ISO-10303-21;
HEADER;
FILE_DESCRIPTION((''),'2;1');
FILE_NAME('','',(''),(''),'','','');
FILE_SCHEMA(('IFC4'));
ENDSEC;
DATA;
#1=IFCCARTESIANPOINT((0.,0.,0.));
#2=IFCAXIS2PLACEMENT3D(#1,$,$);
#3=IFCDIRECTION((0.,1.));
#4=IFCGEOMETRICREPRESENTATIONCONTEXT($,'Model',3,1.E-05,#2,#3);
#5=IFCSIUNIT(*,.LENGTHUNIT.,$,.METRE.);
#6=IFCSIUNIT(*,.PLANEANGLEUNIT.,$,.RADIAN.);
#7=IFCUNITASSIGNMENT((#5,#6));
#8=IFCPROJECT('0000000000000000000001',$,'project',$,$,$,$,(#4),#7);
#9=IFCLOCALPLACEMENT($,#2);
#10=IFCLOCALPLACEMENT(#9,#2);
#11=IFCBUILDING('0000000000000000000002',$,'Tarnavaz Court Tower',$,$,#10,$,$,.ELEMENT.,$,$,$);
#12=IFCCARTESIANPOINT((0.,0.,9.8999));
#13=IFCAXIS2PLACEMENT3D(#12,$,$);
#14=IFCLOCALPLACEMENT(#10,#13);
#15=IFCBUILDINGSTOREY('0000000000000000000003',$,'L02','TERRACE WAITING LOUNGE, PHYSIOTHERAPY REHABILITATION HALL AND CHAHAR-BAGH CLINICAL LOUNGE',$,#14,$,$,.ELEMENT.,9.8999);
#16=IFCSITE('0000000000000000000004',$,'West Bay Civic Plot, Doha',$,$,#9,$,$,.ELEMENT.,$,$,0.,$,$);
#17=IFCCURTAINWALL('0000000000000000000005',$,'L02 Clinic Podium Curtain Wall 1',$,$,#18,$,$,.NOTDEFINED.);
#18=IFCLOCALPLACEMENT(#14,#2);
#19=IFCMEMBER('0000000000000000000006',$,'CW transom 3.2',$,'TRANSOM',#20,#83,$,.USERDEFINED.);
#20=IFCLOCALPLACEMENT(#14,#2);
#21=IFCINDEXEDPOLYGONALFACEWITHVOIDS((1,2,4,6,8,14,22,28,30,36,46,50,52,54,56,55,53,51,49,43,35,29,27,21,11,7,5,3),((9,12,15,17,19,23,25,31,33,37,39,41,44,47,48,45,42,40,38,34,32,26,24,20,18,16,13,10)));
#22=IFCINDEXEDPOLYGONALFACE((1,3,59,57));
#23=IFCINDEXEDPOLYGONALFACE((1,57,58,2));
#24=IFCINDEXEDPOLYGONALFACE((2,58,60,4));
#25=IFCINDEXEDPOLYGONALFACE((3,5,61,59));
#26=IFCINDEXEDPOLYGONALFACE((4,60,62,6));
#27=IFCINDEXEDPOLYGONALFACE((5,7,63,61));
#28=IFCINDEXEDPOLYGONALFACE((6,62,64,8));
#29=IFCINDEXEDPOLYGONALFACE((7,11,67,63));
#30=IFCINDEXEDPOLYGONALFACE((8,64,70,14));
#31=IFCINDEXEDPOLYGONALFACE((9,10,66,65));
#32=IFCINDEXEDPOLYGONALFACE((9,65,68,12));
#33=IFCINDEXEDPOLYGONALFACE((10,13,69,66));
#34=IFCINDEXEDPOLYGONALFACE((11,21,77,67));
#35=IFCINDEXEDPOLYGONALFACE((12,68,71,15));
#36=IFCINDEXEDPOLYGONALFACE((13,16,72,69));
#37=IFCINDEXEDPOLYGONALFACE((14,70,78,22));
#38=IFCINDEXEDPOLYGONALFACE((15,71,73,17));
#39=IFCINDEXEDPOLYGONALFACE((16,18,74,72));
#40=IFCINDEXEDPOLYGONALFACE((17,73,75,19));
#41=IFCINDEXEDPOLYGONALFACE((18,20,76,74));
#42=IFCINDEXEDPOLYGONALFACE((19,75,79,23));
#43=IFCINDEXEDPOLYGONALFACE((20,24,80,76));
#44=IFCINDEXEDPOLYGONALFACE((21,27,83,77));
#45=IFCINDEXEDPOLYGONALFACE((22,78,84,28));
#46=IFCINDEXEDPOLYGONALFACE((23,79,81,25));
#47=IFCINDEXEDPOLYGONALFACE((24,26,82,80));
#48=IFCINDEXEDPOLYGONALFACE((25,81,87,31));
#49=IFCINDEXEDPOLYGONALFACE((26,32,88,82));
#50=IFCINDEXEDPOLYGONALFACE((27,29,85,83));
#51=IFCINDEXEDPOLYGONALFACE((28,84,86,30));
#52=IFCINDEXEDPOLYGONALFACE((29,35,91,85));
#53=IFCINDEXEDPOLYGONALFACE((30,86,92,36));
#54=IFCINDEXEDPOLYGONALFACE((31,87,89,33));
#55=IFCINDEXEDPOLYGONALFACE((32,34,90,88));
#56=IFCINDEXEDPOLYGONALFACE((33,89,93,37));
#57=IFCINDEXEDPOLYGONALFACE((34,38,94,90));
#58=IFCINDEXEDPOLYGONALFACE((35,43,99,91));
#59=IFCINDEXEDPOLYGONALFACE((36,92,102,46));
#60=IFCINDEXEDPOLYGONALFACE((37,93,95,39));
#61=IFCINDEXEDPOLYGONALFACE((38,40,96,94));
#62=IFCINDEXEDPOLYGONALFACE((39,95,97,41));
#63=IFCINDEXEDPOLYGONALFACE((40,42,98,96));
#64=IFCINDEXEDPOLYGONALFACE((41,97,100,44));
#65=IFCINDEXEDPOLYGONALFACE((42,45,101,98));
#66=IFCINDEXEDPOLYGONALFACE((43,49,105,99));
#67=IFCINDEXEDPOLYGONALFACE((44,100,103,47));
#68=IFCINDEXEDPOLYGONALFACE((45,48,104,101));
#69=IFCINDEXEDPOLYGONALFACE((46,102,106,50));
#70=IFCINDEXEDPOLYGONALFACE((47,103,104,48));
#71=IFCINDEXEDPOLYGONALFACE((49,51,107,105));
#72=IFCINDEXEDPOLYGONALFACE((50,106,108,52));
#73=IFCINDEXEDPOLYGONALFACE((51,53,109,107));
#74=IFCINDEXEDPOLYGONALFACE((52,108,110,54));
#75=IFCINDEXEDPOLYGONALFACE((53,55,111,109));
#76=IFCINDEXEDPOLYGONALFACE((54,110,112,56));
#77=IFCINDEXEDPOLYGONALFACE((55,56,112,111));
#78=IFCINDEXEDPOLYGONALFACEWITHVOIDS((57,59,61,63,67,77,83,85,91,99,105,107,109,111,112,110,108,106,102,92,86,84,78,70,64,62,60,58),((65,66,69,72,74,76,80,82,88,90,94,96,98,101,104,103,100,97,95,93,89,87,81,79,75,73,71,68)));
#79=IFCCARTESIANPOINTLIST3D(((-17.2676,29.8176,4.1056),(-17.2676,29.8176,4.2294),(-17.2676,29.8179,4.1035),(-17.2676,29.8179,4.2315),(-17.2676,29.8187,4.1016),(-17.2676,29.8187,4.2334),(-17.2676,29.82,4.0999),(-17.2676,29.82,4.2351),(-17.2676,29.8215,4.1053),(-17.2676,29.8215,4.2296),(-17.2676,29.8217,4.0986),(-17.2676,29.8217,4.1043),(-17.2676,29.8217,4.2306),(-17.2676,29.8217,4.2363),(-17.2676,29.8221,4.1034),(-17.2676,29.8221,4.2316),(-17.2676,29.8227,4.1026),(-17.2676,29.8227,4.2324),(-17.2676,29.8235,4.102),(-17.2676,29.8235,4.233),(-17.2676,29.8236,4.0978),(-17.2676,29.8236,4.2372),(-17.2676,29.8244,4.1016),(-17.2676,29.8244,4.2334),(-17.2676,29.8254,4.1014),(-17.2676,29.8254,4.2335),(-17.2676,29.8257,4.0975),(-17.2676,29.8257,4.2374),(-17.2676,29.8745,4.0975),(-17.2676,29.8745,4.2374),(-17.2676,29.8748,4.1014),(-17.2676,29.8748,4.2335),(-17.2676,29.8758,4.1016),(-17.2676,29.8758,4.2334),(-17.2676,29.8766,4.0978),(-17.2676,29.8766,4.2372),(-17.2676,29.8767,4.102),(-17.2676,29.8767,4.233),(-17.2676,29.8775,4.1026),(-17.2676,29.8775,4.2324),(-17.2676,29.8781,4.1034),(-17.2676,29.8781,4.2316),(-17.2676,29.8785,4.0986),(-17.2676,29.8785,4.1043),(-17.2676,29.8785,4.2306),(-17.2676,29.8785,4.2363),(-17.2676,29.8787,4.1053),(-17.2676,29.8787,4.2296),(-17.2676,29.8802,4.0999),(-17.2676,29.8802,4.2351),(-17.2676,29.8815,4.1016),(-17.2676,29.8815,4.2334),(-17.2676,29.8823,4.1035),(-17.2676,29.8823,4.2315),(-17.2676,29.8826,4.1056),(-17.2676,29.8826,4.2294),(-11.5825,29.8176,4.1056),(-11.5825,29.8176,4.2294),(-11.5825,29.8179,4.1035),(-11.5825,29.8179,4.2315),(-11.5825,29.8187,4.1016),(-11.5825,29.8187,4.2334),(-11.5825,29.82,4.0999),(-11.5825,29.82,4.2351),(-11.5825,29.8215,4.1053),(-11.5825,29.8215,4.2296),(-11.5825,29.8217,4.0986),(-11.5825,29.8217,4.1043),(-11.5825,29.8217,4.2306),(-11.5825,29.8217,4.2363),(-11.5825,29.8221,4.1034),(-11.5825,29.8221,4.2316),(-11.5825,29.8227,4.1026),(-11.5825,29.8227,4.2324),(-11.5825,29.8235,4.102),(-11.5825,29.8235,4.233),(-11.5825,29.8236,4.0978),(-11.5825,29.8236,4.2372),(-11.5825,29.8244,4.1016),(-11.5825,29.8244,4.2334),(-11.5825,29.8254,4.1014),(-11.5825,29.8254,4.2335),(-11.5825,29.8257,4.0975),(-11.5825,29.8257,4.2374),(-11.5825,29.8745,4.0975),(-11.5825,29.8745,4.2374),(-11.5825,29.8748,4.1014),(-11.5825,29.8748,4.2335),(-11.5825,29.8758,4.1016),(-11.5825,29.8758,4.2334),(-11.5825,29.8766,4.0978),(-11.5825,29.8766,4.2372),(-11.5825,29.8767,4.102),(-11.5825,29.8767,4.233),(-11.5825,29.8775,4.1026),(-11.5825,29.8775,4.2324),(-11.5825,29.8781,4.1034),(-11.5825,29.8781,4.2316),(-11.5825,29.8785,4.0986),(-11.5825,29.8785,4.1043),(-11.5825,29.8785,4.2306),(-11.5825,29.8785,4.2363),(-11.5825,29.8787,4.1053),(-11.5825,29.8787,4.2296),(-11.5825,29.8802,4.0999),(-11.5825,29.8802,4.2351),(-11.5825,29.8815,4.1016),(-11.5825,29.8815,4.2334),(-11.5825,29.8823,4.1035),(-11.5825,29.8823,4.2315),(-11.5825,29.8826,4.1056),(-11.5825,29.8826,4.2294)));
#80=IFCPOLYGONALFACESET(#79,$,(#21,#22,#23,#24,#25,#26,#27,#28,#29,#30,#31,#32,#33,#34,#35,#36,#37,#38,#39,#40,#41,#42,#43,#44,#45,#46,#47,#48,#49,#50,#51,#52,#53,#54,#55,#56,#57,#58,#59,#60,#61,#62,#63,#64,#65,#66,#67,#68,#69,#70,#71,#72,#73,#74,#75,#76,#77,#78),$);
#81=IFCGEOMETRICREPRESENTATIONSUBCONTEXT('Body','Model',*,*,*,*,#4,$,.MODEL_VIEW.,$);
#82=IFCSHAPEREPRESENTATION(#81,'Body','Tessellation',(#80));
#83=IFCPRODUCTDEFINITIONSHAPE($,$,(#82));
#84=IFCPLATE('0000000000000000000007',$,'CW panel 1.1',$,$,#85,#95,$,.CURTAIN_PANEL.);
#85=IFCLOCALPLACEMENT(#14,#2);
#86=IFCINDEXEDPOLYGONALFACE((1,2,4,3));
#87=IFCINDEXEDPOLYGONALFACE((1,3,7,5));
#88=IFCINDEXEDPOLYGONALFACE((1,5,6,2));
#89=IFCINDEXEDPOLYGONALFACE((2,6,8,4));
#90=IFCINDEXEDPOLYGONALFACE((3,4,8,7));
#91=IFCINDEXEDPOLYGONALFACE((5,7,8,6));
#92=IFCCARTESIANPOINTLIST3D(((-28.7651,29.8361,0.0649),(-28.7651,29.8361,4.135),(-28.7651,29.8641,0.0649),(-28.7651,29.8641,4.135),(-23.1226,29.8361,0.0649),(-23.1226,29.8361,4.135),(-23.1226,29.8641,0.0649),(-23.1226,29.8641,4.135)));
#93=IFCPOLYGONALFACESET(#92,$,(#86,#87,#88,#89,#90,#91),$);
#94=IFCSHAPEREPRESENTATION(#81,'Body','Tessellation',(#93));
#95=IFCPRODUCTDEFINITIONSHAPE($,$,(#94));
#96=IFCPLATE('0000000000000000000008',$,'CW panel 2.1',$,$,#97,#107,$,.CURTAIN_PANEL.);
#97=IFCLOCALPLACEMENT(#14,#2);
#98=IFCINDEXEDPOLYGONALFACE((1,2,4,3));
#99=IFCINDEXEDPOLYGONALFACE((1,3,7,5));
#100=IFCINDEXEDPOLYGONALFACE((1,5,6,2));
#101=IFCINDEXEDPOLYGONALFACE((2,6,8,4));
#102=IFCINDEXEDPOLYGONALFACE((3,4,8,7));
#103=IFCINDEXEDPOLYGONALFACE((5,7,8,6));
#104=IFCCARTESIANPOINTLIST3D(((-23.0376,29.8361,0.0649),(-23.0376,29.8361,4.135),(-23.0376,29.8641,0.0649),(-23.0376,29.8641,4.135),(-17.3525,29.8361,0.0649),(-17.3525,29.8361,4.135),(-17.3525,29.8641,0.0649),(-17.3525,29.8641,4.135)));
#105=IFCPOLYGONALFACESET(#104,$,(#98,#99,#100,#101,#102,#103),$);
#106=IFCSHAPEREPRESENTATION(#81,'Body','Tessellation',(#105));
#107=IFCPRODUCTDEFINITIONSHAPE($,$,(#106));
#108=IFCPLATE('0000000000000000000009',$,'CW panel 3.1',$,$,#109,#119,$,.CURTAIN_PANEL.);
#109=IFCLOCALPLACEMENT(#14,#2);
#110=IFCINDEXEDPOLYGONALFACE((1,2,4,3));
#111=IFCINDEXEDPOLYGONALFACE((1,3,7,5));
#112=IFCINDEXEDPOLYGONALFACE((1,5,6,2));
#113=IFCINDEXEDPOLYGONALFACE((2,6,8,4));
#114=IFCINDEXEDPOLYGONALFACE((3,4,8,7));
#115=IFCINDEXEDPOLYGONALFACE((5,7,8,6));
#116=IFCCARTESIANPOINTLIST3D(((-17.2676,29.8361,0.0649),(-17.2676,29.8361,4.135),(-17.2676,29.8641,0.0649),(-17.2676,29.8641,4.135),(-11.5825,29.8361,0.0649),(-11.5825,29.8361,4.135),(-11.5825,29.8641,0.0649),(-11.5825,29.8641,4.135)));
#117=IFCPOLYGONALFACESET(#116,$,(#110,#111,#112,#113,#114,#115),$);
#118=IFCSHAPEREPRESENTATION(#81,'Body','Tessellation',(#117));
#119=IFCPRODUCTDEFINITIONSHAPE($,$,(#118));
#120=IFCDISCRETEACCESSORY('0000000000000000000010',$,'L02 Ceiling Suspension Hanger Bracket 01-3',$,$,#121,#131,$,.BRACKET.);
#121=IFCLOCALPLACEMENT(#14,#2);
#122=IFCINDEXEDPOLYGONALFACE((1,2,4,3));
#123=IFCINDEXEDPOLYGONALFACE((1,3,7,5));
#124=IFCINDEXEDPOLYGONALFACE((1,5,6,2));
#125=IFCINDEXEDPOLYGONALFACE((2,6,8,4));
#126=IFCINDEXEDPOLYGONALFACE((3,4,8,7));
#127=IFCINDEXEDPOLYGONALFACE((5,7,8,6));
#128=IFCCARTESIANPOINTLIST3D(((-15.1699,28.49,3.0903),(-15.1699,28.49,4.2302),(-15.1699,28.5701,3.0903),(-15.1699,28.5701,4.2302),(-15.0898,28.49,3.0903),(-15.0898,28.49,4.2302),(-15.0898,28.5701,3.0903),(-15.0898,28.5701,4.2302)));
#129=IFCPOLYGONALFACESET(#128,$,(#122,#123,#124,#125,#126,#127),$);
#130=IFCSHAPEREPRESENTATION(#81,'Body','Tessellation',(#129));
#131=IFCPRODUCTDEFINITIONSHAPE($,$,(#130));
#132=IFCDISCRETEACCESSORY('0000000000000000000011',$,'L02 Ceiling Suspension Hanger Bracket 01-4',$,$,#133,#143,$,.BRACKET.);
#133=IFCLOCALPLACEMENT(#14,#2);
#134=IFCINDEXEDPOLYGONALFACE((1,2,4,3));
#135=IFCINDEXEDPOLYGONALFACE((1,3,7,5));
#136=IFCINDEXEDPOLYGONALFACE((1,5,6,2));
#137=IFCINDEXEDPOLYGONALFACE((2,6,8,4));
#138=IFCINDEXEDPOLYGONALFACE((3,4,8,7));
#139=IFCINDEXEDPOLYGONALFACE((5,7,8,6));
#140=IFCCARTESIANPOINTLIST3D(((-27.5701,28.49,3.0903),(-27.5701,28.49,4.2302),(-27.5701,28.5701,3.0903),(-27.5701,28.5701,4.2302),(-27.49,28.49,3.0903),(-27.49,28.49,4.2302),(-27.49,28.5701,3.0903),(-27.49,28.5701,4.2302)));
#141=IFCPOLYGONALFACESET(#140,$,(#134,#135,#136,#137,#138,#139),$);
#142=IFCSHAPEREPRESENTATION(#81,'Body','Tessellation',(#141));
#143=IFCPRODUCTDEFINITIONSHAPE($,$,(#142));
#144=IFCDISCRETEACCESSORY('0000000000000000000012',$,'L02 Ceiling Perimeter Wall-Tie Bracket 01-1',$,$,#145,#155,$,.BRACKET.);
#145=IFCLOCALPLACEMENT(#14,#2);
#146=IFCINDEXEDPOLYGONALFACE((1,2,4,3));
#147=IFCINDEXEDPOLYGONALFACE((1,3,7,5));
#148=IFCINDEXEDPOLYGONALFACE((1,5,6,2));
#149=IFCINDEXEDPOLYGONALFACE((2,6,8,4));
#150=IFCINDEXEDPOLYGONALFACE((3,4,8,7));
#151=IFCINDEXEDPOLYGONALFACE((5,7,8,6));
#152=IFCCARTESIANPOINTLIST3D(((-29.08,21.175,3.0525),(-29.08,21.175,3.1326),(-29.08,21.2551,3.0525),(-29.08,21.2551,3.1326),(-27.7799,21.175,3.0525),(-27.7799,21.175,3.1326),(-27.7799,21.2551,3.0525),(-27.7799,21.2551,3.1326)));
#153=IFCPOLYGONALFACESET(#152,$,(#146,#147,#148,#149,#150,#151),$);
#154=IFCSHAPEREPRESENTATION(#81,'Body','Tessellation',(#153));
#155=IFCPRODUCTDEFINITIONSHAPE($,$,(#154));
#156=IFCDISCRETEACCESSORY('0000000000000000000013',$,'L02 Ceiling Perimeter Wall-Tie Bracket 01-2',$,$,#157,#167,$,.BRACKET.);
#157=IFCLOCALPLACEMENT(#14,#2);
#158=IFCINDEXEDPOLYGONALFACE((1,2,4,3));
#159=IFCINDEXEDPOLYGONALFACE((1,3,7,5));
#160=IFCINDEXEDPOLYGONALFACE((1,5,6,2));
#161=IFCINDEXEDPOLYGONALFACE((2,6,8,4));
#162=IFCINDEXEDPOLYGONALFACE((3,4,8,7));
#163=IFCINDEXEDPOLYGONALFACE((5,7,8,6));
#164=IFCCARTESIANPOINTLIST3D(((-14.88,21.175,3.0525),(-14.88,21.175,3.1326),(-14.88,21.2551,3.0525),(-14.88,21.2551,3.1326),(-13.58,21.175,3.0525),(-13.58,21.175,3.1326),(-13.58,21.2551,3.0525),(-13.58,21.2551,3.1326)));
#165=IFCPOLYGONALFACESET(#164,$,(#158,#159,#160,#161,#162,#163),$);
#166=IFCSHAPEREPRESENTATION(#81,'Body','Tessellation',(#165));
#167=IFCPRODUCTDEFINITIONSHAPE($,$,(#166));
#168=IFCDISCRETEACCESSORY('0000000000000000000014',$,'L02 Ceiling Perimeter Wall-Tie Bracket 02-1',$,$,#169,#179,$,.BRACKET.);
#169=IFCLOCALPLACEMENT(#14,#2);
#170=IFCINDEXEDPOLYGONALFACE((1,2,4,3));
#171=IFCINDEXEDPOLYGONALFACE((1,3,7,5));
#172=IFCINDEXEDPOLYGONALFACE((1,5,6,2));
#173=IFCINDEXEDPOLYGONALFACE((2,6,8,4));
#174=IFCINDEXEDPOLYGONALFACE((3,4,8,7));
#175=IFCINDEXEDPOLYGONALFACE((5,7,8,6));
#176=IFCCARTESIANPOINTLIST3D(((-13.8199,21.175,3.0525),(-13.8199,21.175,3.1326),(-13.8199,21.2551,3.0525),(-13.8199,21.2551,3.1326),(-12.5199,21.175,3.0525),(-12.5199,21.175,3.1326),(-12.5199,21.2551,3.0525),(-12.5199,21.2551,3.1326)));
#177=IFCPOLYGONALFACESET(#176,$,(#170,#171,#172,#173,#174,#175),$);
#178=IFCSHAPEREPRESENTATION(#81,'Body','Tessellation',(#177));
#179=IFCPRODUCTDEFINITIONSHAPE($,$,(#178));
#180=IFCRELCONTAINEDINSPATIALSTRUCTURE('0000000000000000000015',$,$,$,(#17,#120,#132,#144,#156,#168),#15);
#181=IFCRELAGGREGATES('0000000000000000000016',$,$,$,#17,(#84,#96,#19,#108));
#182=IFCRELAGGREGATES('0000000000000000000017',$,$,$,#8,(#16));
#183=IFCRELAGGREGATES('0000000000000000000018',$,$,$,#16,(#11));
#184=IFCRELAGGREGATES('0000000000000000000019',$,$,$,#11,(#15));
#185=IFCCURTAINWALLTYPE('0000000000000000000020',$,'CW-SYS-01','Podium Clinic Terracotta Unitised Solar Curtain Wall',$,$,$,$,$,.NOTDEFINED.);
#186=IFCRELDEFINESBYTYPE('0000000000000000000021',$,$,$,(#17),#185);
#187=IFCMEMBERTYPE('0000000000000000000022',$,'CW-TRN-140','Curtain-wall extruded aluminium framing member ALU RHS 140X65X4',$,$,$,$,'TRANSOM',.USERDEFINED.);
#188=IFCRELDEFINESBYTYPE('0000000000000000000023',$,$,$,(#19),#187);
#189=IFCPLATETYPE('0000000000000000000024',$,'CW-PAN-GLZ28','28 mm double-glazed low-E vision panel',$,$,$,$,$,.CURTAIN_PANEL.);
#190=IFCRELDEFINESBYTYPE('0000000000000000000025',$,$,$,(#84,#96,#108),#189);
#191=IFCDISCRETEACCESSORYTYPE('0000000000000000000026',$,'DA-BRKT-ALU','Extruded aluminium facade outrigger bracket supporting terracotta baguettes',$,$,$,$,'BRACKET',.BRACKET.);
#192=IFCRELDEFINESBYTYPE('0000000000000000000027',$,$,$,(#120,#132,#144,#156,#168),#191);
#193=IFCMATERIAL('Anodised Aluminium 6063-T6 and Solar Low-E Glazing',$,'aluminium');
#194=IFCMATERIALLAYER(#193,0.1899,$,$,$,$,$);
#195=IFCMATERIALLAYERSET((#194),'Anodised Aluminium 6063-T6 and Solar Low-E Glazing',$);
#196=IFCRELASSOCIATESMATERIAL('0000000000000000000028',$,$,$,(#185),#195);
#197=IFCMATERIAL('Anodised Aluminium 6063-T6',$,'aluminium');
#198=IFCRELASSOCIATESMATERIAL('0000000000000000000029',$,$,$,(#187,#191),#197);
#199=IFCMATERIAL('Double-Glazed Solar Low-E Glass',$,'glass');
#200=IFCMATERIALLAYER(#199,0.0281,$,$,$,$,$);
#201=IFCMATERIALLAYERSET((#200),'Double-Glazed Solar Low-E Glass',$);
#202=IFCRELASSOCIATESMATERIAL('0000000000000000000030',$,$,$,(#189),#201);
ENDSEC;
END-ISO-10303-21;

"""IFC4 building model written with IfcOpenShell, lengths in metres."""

from ifc_helpers import new_model, si_unit, direction, frame, origin, origin_2d, place, context, subcontext, project, spatial, rectangle, hollow_rectangle, extrude, material, layer, layer_set, material_profile, profile_set, type_object, element, aggregate, save


model = new_model("IFC4")

# Units and contexts
model_context = context("Model", 3, precision=1e-05, world=origin(), true_north=direction((0.0, 1.0)))
body_context = subcontext(model_context, "Body", "Model", "MODEL_VIEW")
ifc_project = project(units=[si_unit("LENGTHUNIT", "METRE"), si_unit("PLANEANGLEUNIT", "RADIAN")], contexts=[model_context])

# Site, building, storey
site_placement = place(None, origin())
site = spatial("IfcSite", under=ifc_project, at=site_placement, Name="West Bay Civic Plot, Doha", CompositionType="ELEMENT", RefElevation=0.0)
building_placement = place(site_placement, origin())
building = spatial("IfcBuilding", under=site, at=building_placement, Name="Tarnavaz Court Tower", CompositionType="ELEMENT")
storey_placement = place(building_placement, frame((0.0, 0.0, 9.8999)))
storey = spatial("IfcBuildingStorey", under=building, at=storey_placement, Name="L02", Description="TERRACE WAITING LOUNGE, PHYSIOTHERAPY REHABILITATION HALL AND CHAHAR-BAGH CLINICAL LOUNGE", CompositionType="ELEMENT", Elevation=9.8999)

# Curtain wall, member, plates
ifc_material_1 = material(Name="Anodised Aluminium 6063-T6 and Solar Low-E Glazing", Category="aluminium")
ifc_layer_1 = layer(ifc_material_1, 0.1899)
ifc_layer_set_1 = layer_set([ifc_layer_1], Name="Anodised Aluminium 6063-T6 and Solar Low-E Glazing")
curtain_wall_type = type_object("IfcCurtainWallType", Name="CW-SYS-01", Description="Podium Clinic Terracotta Unitised Solar Curtain Wall", PredefinedType="NOTDEFINED", material=ifc_layer_set_1)
curtain_wall_placement = place(storey_placement, origin())
curtain_wall = element("IfcCurtainWall", 1, at=curtain_wall_placement, inside=storey, type_object=curtain_wall_type, Name="L02 Clinic Podium Curtain Wall 1", PredefinedType="NOTDEFINED")
ifc_material_2 = material(Name="Anodised Aluminium 6063-T6", Category="aluminium")
ifc_material_profile_1 = material_profile(ifc_material_2, hollow_rectangle(XDim=0.0649, YDim=0.1399, WallThickness=0.0039, InnerFilletRadius=0.0039, OuterFilletRadius=0.0081, at=origin_2d()), Name="ALU RHS 140X65X4")
ifc_profile_set_1 = profile_set([ifc_material_profile_1], Name="Anodised Aluminium 6063-T6")
member_type_1 = type_object("IfcMemberType", Name="CW-TRN-140", Description="Curtain-wall extruded aluminium framing member ALU RHS 140X65X4", ElementType="TRANSOM", PredefinedType="USERDEFINED", material=ifc_profile_set_1)
member_1_placement = place(storey_placement, frame((-17.2676, 29.8501, 4.1675), z_axis=(1.0, 0.0, 0.0), x_axis=(0.0, 1.0, 0.0)))
member_1 = element("IfcMember", 2, at=member_1_placement, type_object=member_type_1, Name="CW transom 3.2", ObjectType="TRANSOM", PredefinedType="USERDEFINED", context=body_context, shape_type="SweptSolid", body=[
    extrude(hollow_rectangle(XDim=0.0649, YDim=0.1399, WallThickness=0.0039, InnerFilletRadius=0.0039, OuterFilletRadius=0.0081, at=origin_2d()), origin(), (0.0, 0.0, 1.0), 5.6851),
])
ifc_material_3 = material(Name="Double-Glazed Solar Low-E Glass", Category="glass")
ifc_layer_2 = layer(ifc_material_3, 0.0281)
ifc_layer_set_2 = layer_set([ifc_layer_2], Name="Double-Glazed Solar Low-E Glass")
plate_type = type_object("IfcPlateType", Name="CW-PAN-GLZ28", Description="28 mm double-glazed low-E vision panel", PredefinedType="CURTAIN_PANEL", material=ifc_layer_set_2)
plate_1_placement = place(storey_placement, frame((-25.9438, 29.8501, 0.0649), z_axis=(0.0, 0.0, 1.0), x_axis=(1.0, 0.0, 0.0)))
plate_1 = element("IfcPlate", 3, at=plate_1_placement, type_object=plate_type, Name="CW panel 1.1", PredefinedType="CURTAIN_PANEL", context=body_context, shape_type="SweptSolid", body=[
    extrude(rectangle(XDim=5.6426, YDim=0.0281, at=origin_2d()), origin(), (0.0, 0.0, 1.0), 4.0701),
])
plate_2_placement = place(storey_placement, frame((-20.1951, 29.8501, 0.0649), z_axis=(0.0, 0.0, 1.0), x_axis=(1.0, 0.0, 0.0)))
plate_2 = element("IfcPlate", 4, at=plate_2_placement, type_object=plate_type, Name="CW panel 2.1", PredefinedType="CURTAIN_PANEL", context=body_context, shape_type="SweptSolid", body=[
    extrude(rectangle(XDim=5.6851, YDim=0.0281, at=origin_2d()), origin(), (0.0, 0.0, 1.0), 4.0701),
])
plate_3_placement = place(storey_placement, frame((-14.425, 29.8501, 0.0649), z_axis=(0.0, 0.0, 1.0), x_axis=(1.0, 0.0, 0.0)))
plate_3 = element("IfcPlate", 5, at=plate_3_placement, type_object=plate_type, Name="CW panel 3.1", PredefinedType="CURTAIN_PANEL", context=body_context, shape_type="SweptSolid", body=[
    extrude(rectangle(XDim=5.6851, YDim=0.0281, at=origin_2d()), origin(), (0.0, 0.0, 1.0), 4.0701),
])
aggregate(curtain_wall, [plate_1, plate_2, member_1, plate_3])

# Discrete accessories
discrete_accessory_type = type_object("IfcDiscreteAccessoryType", Name="DA-BRKT-ALU", Description="Extruded aluminium facade outrigger bracket supporting terracotta baguettes", ElementType="BRACKET", PredefinedType="BRACKET", material=ifc_material_2)
for number, where, z_axis, x_axis, name in (
    (6, (-15.1299, 28.53, 3.0903), (0.0, 0.0, 1.0), (1.0, 0.0, 0.0), "L02 Ceiling Suspension Hanger Bracket 01-3"),
    (7, (-27.53, 28.53, 3.0903), (0.0, 0.0, 1.0), (1.0, 0.0, 0.0), "L02 Ceiling Suspension Hanger Bracket 01-4"),
):
    element("IfcDiscreteAccessory", number, at=place(storey_placement, frame(where, z_axis=z_axis, x_axis=x_axis)), inside=storey, type_object=discrete_accessory_type, Name=name, PredefinedType="BRACKET", context=body_context, shape_type="SweptSolid", body=[
        extrude(rectangle(XDim=0.0801, YDim=0.0801, at=origin_2d()), origin(), (0.0, 0.0, 1.0), 1.1399),
    ])
for number, where, z_axis, x_axis, name in (
    (8, (-28.4299, 21.2151, 3.0525), (0.0, 0.0, 1.0), (1.0, 0.0, 0.0), "L02 Ceiling Perimeter Wall-Tie Bracket 01-1"),
    (9, (-14.23, 21.2151, 3.0525), (0.0, 0.0, 1.0), (1.0, 0.0, 0.0), "L02 Ceiling Perimeter Wall-Tie Bracket 01-2"),
    (10, (-13.1699, 21.2151, 3.0525), (0.0, 0.0, 1.0), (1.0, 0.0, 0.0), "L02 Ceiling Perimeter Wall-Tie Bracket 02-1"),
):
    element("IfcDiscreteAccessory", number, at=place(storey_placement, frame(where, z_axis=z_axis, x_axis=x_axis)), inside=storey, type_object=discrete_accessory_type, Name=name, PredefinedType="BRACKET", context=body_context, shape_type="SweptSolid", body=[
        extrude(rectangle(XDim=1.3, YDim=0.0801, at=origin_2d()), origin(), (0.0, 0.0, 1.0), 0.0801),
    ])

save(model, "model.ifc")
